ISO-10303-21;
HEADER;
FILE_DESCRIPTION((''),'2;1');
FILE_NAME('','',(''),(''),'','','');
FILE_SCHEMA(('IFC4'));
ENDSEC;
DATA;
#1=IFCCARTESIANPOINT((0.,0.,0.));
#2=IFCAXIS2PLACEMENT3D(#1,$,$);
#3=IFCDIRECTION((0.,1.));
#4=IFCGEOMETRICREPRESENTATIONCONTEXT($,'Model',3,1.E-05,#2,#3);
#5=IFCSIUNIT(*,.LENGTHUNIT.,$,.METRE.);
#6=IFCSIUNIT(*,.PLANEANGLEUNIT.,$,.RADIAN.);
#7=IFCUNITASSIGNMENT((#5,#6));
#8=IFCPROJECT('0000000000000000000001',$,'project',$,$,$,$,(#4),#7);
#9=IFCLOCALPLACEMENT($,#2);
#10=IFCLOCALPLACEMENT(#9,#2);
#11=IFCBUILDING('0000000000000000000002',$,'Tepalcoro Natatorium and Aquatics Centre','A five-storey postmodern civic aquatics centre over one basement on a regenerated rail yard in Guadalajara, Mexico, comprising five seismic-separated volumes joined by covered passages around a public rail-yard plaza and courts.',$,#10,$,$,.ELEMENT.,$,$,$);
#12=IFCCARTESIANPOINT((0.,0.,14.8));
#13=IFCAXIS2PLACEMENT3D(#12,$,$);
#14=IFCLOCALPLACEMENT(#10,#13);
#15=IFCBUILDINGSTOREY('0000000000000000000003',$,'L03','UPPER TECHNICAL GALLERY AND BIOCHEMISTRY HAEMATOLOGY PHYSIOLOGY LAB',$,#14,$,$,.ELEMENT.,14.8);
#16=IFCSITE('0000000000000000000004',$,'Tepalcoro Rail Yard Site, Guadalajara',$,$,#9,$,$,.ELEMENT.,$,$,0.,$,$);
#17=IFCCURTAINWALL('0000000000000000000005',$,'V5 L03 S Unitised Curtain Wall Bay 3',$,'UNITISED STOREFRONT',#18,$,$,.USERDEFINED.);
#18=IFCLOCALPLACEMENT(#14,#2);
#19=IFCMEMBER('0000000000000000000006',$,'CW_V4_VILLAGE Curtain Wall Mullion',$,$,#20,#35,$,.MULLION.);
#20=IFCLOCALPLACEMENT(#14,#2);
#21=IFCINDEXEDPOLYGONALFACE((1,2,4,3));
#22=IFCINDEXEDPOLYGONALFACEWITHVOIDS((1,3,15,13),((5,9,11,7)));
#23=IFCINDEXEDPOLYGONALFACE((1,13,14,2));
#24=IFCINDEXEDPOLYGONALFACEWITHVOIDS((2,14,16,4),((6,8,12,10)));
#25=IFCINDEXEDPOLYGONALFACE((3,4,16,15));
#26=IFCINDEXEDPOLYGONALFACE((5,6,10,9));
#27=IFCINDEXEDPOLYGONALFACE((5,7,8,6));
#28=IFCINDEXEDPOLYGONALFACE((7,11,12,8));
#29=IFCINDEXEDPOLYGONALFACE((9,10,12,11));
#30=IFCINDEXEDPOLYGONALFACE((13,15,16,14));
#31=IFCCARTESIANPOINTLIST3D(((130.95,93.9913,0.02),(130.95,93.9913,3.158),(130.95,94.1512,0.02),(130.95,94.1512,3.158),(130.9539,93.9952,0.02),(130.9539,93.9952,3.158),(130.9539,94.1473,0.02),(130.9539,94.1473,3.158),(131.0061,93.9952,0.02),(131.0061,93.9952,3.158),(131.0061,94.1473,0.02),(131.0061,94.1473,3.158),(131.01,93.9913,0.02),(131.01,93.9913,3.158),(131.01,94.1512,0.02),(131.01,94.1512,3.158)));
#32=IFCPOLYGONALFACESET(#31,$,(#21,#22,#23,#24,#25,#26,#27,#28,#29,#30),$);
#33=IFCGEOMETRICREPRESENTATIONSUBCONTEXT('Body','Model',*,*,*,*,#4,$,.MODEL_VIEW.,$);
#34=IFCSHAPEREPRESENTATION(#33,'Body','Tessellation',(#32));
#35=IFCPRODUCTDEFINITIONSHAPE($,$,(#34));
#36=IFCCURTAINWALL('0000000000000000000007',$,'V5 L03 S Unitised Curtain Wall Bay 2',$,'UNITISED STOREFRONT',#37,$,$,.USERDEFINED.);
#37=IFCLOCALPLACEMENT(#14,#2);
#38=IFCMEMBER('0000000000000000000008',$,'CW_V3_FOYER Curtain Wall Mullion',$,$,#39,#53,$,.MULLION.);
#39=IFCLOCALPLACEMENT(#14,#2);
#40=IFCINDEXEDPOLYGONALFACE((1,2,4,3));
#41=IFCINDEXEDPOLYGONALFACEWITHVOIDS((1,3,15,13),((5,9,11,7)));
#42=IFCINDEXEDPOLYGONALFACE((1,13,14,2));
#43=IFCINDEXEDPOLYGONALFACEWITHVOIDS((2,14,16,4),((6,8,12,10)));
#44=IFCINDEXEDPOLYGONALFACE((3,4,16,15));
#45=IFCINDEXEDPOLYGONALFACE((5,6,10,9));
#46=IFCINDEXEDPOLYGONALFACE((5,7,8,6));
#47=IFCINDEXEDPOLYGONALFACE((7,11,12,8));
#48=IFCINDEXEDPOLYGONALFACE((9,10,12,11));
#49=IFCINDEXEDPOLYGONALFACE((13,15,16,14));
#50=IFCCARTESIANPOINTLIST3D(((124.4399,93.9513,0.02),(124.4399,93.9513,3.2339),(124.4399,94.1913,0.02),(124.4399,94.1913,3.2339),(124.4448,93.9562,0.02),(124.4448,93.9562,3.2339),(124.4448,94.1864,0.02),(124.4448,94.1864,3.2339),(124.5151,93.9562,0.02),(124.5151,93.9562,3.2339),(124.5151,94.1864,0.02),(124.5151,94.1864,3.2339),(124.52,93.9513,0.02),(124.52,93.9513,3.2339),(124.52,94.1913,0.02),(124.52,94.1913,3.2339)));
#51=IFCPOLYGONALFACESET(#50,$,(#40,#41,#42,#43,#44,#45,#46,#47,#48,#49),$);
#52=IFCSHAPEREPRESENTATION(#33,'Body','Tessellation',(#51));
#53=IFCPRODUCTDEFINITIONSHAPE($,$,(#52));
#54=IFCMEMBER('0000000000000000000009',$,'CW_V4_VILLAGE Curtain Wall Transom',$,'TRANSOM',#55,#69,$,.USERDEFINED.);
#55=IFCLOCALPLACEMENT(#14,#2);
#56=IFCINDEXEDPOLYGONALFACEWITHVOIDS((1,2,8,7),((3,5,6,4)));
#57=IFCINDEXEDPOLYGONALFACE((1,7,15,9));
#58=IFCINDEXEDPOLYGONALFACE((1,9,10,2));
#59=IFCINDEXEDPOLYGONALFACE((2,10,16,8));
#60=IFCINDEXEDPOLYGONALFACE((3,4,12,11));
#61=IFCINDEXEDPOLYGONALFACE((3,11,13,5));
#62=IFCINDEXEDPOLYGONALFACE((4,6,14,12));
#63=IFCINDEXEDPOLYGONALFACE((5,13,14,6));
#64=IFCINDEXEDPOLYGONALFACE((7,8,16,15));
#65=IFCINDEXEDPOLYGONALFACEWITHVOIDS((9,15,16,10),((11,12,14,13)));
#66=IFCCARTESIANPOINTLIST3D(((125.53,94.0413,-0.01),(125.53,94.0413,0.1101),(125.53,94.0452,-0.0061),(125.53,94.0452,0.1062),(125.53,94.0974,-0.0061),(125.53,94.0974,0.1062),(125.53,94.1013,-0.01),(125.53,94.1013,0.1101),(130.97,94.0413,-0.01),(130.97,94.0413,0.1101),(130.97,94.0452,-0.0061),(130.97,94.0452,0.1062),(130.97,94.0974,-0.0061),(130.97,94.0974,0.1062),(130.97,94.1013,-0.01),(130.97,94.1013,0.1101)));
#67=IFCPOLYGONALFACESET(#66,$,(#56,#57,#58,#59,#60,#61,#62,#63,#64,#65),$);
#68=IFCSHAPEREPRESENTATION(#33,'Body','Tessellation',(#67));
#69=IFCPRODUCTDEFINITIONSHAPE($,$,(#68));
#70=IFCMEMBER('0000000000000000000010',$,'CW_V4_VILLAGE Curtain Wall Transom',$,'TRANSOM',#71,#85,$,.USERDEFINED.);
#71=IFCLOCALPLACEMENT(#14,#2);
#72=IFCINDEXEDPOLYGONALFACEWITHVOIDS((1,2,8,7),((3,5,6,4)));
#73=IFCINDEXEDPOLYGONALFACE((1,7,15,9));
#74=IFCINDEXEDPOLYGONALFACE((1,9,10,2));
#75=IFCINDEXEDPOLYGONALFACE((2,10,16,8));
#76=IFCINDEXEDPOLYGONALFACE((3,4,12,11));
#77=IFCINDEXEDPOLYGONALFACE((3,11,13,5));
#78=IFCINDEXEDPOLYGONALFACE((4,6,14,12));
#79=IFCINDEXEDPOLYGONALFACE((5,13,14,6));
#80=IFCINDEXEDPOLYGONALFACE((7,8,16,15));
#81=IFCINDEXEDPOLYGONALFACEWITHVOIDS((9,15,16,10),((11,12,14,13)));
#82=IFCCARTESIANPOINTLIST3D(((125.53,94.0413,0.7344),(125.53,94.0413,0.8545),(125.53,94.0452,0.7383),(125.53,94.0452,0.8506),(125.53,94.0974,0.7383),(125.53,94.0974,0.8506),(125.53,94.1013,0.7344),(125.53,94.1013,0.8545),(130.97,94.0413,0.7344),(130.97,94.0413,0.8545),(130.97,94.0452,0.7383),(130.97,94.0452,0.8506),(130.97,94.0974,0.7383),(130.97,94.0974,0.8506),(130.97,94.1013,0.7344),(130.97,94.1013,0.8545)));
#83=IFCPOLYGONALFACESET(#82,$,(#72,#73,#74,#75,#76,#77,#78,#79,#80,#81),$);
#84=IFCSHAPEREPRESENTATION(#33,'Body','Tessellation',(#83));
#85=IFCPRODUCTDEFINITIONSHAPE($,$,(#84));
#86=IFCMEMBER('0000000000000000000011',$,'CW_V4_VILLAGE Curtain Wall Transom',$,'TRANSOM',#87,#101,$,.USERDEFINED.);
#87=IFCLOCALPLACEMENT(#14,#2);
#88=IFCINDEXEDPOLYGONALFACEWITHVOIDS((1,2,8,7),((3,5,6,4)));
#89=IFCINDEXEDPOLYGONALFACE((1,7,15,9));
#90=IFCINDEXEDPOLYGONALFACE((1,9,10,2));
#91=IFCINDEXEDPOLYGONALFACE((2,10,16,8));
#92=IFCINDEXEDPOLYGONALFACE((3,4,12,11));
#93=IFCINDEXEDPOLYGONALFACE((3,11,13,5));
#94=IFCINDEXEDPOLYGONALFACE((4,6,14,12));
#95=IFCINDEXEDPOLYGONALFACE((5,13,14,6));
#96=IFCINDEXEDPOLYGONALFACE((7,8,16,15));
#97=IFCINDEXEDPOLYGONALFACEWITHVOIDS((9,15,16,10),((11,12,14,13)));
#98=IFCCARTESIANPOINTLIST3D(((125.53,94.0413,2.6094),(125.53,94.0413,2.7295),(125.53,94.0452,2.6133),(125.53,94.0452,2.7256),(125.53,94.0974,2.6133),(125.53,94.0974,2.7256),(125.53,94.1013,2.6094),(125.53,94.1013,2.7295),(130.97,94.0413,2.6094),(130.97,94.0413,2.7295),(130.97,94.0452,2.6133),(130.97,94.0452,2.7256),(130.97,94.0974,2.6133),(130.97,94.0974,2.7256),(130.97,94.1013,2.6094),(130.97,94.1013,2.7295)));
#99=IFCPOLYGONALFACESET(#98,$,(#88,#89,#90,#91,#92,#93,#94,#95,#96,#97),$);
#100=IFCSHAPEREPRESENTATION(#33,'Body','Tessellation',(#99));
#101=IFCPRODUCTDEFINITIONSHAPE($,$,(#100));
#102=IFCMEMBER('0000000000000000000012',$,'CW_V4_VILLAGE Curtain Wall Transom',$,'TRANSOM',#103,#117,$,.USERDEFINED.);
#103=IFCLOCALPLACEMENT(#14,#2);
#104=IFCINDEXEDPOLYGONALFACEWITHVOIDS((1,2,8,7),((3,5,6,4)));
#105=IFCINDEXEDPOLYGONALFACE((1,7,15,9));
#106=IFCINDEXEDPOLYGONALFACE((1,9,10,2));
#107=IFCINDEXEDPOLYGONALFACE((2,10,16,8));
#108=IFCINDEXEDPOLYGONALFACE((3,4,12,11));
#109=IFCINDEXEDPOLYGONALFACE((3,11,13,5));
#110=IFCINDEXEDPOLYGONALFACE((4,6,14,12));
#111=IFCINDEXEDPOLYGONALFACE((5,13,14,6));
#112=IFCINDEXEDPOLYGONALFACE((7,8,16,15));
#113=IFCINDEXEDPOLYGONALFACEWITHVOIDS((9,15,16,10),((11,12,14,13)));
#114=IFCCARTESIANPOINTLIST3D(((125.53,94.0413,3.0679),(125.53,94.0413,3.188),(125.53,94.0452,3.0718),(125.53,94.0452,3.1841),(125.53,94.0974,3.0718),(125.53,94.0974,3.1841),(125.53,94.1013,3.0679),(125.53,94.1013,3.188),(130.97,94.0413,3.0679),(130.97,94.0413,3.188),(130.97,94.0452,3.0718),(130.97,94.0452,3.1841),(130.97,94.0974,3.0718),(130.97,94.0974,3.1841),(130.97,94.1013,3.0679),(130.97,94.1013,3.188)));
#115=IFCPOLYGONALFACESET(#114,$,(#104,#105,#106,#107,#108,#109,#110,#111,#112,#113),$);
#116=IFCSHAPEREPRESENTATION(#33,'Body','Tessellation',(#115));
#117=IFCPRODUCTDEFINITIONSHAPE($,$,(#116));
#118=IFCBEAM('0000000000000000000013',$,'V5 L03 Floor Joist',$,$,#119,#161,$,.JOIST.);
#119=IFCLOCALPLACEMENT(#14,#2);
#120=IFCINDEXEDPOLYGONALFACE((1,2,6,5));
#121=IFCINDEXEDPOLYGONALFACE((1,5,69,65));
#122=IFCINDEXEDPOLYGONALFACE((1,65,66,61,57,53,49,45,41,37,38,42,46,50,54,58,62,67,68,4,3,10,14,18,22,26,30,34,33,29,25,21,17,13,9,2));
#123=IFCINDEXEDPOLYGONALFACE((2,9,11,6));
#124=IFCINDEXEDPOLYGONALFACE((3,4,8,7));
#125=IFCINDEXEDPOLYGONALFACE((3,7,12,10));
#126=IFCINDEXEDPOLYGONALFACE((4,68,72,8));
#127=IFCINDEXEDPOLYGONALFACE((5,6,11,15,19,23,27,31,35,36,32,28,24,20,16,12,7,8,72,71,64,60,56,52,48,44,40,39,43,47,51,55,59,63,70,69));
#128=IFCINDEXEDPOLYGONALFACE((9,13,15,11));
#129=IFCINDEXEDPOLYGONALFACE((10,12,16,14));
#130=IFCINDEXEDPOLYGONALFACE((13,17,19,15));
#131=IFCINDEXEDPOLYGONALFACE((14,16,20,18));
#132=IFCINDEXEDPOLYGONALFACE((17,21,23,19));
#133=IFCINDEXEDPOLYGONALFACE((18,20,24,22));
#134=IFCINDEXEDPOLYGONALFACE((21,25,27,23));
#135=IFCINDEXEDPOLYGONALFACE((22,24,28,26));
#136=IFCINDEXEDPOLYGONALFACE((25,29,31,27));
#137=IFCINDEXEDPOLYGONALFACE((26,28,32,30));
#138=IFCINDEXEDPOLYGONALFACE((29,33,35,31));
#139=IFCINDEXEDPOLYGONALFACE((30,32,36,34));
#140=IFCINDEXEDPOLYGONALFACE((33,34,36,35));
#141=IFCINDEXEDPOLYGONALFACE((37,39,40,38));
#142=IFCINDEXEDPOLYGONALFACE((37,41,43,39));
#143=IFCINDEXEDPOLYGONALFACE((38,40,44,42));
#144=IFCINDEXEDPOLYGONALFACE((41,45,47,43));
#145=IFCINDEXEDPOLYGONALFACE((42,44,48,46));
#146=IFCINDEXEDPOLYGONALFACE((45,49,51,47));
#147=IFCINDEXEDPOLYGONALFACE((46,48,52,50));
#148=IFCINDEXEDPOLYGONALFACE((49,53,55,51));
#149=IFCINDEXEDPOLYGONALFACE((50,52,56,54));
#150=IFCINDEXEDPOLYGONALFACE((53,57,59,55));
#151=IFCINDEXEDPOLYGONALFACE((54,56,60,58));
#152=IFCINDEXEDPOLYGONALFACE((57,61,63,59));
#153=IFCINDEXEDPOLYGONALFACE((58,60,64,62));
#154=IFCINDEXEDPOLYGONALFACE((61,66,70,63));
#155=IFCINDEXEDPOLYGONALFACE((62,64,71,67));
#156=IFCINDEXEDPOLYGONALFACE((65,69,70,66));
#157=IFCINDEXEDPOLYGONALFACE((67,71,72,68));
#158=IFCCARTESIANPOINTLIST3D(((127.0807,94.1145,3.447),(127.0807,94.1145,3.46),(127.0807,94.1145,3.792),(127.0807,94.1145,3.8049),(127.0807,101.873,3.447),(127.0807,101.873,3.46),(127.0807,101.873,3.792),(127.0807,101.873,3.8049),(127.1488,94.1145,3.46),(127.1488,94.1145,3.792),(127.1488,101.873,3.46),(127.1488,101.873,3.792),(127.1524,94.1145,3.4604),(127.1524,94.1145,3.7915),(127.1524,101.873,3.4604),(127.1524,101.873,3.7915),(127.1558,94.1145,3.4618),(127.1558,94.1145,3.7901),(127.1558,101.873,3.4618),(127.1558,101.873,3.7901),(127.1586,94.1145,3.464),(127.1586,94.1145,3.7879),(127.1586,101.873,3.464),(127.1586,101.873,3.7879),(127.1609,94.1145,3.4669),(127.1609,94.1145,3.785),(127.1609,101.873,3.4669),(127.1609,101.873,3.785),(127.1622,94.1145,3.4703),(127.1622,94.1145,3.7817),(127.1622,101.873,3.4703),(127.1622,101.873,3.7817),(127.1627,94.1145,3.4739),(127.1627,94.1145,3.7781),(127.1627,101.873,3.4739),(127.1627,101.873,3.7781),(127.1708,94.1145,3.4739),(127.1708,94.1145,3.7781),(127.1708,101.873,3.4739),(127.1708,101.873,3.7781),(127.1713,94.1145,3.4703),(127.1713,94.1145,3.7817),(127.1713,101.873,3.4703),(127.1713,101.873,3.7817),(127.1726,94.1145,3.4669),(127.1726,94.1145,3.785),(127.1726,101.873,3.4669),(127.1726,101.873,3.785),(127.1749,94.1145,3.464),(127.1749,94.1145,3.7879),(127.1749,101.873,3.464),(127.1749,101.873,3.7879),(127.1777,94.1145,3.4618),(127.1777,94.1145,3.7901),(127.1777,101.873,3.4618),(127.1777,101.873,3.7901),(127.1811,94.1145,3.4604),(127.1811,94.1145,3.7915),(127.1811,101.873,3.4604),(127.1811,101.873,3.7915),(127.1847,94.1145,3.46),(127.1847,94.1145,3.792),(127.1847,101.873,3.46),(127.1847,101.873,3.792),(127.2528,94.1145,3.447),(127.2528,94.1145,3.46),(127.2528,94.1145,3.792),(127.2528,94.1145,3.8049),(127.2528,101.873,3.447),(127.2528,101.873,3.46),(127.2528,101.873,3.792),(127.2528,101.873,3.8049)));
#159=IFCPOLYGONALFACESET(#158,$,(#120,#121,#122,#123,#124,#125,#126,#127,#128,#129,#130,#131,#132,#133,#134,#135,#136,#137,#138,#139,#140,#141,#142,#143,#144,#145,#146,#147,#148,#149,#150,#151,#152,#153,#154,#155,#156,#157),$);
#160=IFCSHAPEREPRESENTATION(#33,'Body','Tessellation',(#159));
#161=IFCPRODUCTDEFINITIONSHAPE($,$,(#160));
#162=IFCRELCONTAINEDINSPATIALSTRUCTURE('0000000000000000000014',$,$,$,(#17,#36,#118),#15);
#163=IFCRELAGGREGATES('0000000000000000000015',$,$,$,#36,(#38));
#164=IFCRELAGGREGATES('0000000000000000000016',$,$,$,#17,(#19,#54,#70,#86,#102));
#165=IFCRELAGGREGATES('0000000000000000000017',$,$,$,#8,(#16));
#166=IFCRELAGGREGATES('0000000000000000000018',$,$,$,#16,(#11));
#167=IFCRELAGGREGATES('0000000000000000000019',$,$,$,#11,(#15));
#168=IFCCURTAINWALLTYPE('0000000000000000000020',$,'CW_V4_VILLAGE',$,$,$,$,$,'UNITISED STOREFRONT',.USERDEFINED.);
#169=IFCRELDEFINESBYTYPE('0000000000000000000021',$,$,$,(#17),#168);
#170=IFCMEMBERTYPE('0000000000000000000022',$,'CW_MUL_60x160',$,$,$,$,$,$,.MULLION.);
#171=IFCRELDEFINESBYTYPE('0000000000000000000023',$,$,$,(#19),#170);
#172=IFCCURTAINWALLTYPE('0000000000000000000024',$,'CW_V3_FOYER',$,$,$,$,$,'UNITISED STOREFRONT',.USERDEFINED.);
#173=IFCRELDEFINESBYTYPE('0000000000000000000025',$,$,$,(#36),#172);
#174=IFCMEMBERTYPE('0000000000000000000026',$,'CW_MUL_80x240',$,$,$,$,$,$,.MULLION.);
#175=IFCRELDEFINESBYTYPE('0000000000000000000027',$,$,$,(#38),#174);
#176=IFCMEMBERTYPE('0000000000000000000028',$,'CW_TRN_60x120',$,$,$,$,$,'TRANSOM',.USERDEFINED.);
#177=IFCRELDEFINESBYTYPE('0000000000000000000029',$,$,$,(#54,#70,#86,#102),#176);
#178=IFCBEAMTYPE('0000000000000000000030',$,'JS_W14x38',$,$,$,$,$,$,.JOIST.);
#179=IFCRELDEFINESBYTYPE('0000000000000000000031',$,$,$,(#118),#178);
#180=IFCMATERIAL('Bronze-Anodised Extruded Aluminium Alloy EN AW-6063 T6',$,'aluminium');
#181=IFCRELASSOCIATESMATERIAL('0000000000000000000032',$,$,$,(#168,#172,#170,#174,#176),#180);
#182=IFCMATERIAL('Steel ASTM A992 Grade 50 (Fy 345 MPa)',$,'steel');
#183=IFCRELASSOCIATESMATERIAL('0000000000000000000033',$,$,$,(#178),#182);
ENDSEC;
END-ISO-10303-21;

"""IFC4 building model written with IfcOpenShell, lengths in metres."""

from ifc_helpers import new_model, si_unit, direction, frame, origin, origin_2d, place, context, subcontext, project, spatial, hollow_rectangle, i_section, extrude, material, material_profile, profile_set, type_object, element, aggregate, save


model = new_model("IFC4")

# Units and contexts
model_context = context("Model", 3, precision=1e-05, world=origin(), true_north=direction((0.0, 1.0)))
body_context = subcontext(model_context, "Body", "Model", "MODEL_VIEW")
ifc_project = project(units=[si_unit("LENGTHUNIT", "METRE"), si_unit("PLANEANGLEUNIT", "RADIAN")], contexts=[model_context])

# Site, building, storey
site_placement = place(None, origin())
site = spatial("IfcSite", under=ifc_project, at=site_placement, Name="Tepalcoro Rail Yard Site, Guadalajara", CompositionType="ELEMENT", RefElevation=0.0)
building_placement = place(site_placement, origin())
building = spatial("IfcBuilding", under=site, at=building_placement, Name="Tepalcoro Natatorium and Aquatics Centre", Description="A five-storey postmodern civic aquatics centre over one basement on a regenerated rail yard in Guadalajara, Mexico, comprising five seismic-separated volumes joined by covered passages around a public rail-yard plaza and courts.", CompositionType="ELEMENT")
storey_placement = place(building_placement, frame((0.0, 0.0, 14.8)))
storey = spatial("IfcBuildingStorey", under=building, at=storey_placement, Name="L03", Description="UPPER TECHNICAL GALLERY AND BIOCHEMISTRY HAEMATOLOGY PHYSIOLOGY LAB", CompositionType="ELEMENT", Elevation=14.8)

# Shared definitions
ifc_material_1 = material(Name="Steel ASTM A992 Grade 50 (Fy 345 MPa)", Category="steel")

# Curtain wall, member
ifc_material_2 = material(Name="Bronze-Anodised Extruded Aluminium Alloy EN AW-6063 T6", Category="aluminium")
curtain_wall_type_1 = type_object("IfcCurtainWallType", Name="CW_V4_VILLAGE", ElementType="UNITISED STOREFRONT", PredefinedType="USERDEFINED", material=ifc_material_2)
curtain_wall_1_placement = place(storey_placement, origin())
curtain_wall_1 = element("IfcCurtainWall", 1, at=curtain_wall_1_placement, inside=storey, type_object=curtain_wall_type_1, Name="V5 L03 S Unitised Curtain Wall Bay 3", ObjectType="UNITISED STOREFRONT", PredefinedType="USERDEFINED")
ifc_material_profile_1 = material_profile(ifc_material_2, hollow_rectangle(XDim=0.0601, YDim=0.1599, WallThickness=0.0039, at=origin_2d()), Name="AL60X160X4")
ifc_profile_set_1 = profile_set([ifc_material_profile_1], Name="Bronze-Anodised Extruded Aluminium Alloy EN AW-6063 T6")
member_type_1 = type_object("IfcMemberType", Name="CW_MUL_60x160", PredefinedType="MULLION", material=ifc_profile_set_1)
member_1_placement = place(storey_placement, frame((130.98, 94.0713, 0.02), z_axis=(0.0, 0.0, 1.0), x_axis=(1.0, 0.0, 0.0)))
member_1 = element("IfcMember", 2, at=member_1_placement, type_object=member_type_1, Name="CW_V4_VILLAGE Curtain Wall Mullion", PredefinedType="MULLION", context=body_context, shape_type="SweptSolid", body=[
    extrude(hollow_rectangle(XDim=0.0601, YDim=0.1599, WallThickness=0.0039, at=origin_2d()), origin(), (0.0, 0.0, 1.0), 3.1379),
])

# Curtain wall, member
curtain_wall_type_2 = type_object("IfcCurtainWallType", Name="CW_V3_FOYER", ElementType="UNITISED STOREFRONT", PredefinedType="USERDEFINED", material=ifc_material_2)
curtain_wall_2_placement = place(storey_placement, origin())
curtain_wall_2 = element("IfcCurtainWall", 3, at=curtain_wall_2_placement, inside=storey, type_object=curtain_wall_type_2, Name="V5 L03 S Unitised Curtain Wall Bay 2", ObjectType="UNITISED STOREFRONT", PredefinedType="USERDEFINED")
ifc_material_profile_2 = material_profile(ifc_material_2, hollow_rectangle(XDim=0.0801, YDim=0.24, WallThickness=0.0049, at=origin_2d()), Name="AL80X240X5")
ifc_profile_set_2 = profile_set([ifc_material_profile_2], Name="Bronze-Anodised Extruded Aluminium Alloy EN AW-6063 T6")
member_type_2 = type_object("IfcMemberType", Name="CW_MUL_80x240", PredefinedType="MULLION", material=ifc_profile_set_2)
member_2_placement = place(storey_placement, frame((124.48, 94.0713, 0.02), z_axis=(0.0, 0.0, 1.0), x_axis=(1.0, 0.0, 0.0)))
member_2 = element("IfcMember", 4, at=member_2_placement, type_object=member_type_2, Name="CW_V3_FOYER Curtain Wall Mullion", PredefinedType="MULLION", context=body_context, shape_type="SweptSolid", body=[
    extrude(hollow_rectangle(XDim=0.0801, YDim=0.24, WallThickness=0.0049, at=origin_2d()), origin(), (0.0, 0.0, 1.0), 3.2139),
])

# Members
ifc_material_profile_3 = material_profile(ifc_material_2, hollow_rectangle(XDim=0.0601, YDim=0.1201, WallThickness=0.0039, at=origin_2d()), Name="AL60X120X4")
ifc_profile_set_3 = profile_set([ifc_material_profile_3], Name="Bronze-Anodised Extruded Aluminium Alloy EN AW-6063 T6")
member_type_3 = type_object("IfcMemberType", Name="CW_TRN_60x120", ElementType="TRANSOM", PredefinedType="USERDEFINED", material=ifc_profile_set_3)
member_3_placement = place(storey_placement, frame((125.53, 94.0713, 0.05), z_axis=(1.0, 0.0, 0.0), x_axis=(0.0, 1.0, 0.0)))
member_3 = element("IfcMember", 5, at=member_3_placement, type_object=member_type_3, Name="CW_V4_VILLAGE Curtain Wall Transom", ObjectType="TRANSOM", PredefinedType="USERDEFINED", context=body_context, shape_type="SweptSolid", body=[
    extrude(hollow_rectangle(XDim=0.0601, YDim=0.1201, WallThickness=0.0039, at=origin_2d()), origin(), (0.0, 0.0, 1.0), 5.4399),
])
member_4_placement = place(storey_placement, frame((125.53, 94.0713, 0.7944), z_axis=(1.0, 0.0, 0.0), x_axis=(0.0, 1.0, 0.0)))
member_4 = element("IfcMember", 6, at=member_4_placement, type_object=member_type_3, Name="CW_V4_VILLAGE Curtain Wall Transom", ObjectType="TRANSOM", PredefinedType="USERDEFINED", context=body_context, shape_type="SweptSolid", body=[
    extrude(hollow_rectangle(XDim=0.0601, YDim=0.1201, WallThickness=0.0039, at=origin_2d()), origin(), (0.0, 0.0, 1.0), 5.4399),
])
member_5_placement = place(storey_placement, frame((125.53, 94.0713, 2.6694), z_axis=(1.0, 0.0, 0.0), x_axis=(0.0, 1.0, 0.0)))
member_5 = element("IfcMember", 7, at=member_5_placement, type_object=member_type_3, Name="CW_V4_VILLAGE Curtain Wall Transom", ObjectType="TRANSOM", PredefinedType="USERDEFINED", context=body_context, shape_type="SweptSolid", body=[
    extrude(hollow_rectangle(XDim=0.0601, YDim=0.1201, WallThickness=0.0039, at=origin_2d()), origin(), (0.0, 0.0, 1.0), 5.4399),
])
member_6_placement = place(storey_placement, frame((125.53, 94.0713, 3.1279), z_axis=(1.0, 0.0, 0.0), x_axis=(0.0, 1.0, 0.0)))
member_6 = element("IfcMember", 8, at=member_6_placement, type_object=member_type_3, Name="CW_V4_VILLAGE Curtain Wall Transom", ObjectType="TRANSOM", PredefinedType="USERDEFINED", context=body_context, shape_type="SweptSolid", body=[
    extrude(hollow_rectangle(XDim=0.0601, YDim=0.1201, WallThickness=0.0039, at=origin_2d()), origin(), (0.0, 0.0, 1.0), 5.4399),
])

# Beam
ifc_material_profile_4 = material_profile(ifc_material_1, i_section(OverallWidth=0.1721, OverallDepth=0.3579, WebThickness=0.0081, FlangeThickness=0.0129, FilletRadius=0.0139, at=origin_2d()), Name="W14X38")
ifc_profile_set_4 = profile_set([ifc_material_profile_4], Name="Steel ASTM A992 Grade 50 (Fy 345 MPa)")
beam_type_1 = type_object("IfcBeamType", Name="JS_W14x38", PredefinedType="JOIST", material=ifc_profile_set_4)
beam_1_placement = place(storey_placement, frame((127.1667, 94.1145, 3.626), z_axis=(0.0, 1.0, 0.0), x_axis=(-1.0, 0.0, 0.0)))
element("IfcBeam", 9, at=beam_1_placement, inside=storey, type_object=beam_type_1, Name="V5 L03 Floor Joist", PredefinedType="JOIST", context=body_context, shape_type="SweptSolid", body=[
    extrude(i_section(OverallWidth=0.1721, OverallDepth=0.3579, WebThickness=0.0081, FlangeThickness=0.0129, FilletRadius=0.0139, at=origin_2d()), origin(), (0.0, 0.0, 1.0), 7.7585),
])

aggregate(curtain_wall_2, [member_2])
aggregate(curtain_wall_1, [member_1, member_3, member_4, member_5, member_6])

save(model, "model.ifc")
